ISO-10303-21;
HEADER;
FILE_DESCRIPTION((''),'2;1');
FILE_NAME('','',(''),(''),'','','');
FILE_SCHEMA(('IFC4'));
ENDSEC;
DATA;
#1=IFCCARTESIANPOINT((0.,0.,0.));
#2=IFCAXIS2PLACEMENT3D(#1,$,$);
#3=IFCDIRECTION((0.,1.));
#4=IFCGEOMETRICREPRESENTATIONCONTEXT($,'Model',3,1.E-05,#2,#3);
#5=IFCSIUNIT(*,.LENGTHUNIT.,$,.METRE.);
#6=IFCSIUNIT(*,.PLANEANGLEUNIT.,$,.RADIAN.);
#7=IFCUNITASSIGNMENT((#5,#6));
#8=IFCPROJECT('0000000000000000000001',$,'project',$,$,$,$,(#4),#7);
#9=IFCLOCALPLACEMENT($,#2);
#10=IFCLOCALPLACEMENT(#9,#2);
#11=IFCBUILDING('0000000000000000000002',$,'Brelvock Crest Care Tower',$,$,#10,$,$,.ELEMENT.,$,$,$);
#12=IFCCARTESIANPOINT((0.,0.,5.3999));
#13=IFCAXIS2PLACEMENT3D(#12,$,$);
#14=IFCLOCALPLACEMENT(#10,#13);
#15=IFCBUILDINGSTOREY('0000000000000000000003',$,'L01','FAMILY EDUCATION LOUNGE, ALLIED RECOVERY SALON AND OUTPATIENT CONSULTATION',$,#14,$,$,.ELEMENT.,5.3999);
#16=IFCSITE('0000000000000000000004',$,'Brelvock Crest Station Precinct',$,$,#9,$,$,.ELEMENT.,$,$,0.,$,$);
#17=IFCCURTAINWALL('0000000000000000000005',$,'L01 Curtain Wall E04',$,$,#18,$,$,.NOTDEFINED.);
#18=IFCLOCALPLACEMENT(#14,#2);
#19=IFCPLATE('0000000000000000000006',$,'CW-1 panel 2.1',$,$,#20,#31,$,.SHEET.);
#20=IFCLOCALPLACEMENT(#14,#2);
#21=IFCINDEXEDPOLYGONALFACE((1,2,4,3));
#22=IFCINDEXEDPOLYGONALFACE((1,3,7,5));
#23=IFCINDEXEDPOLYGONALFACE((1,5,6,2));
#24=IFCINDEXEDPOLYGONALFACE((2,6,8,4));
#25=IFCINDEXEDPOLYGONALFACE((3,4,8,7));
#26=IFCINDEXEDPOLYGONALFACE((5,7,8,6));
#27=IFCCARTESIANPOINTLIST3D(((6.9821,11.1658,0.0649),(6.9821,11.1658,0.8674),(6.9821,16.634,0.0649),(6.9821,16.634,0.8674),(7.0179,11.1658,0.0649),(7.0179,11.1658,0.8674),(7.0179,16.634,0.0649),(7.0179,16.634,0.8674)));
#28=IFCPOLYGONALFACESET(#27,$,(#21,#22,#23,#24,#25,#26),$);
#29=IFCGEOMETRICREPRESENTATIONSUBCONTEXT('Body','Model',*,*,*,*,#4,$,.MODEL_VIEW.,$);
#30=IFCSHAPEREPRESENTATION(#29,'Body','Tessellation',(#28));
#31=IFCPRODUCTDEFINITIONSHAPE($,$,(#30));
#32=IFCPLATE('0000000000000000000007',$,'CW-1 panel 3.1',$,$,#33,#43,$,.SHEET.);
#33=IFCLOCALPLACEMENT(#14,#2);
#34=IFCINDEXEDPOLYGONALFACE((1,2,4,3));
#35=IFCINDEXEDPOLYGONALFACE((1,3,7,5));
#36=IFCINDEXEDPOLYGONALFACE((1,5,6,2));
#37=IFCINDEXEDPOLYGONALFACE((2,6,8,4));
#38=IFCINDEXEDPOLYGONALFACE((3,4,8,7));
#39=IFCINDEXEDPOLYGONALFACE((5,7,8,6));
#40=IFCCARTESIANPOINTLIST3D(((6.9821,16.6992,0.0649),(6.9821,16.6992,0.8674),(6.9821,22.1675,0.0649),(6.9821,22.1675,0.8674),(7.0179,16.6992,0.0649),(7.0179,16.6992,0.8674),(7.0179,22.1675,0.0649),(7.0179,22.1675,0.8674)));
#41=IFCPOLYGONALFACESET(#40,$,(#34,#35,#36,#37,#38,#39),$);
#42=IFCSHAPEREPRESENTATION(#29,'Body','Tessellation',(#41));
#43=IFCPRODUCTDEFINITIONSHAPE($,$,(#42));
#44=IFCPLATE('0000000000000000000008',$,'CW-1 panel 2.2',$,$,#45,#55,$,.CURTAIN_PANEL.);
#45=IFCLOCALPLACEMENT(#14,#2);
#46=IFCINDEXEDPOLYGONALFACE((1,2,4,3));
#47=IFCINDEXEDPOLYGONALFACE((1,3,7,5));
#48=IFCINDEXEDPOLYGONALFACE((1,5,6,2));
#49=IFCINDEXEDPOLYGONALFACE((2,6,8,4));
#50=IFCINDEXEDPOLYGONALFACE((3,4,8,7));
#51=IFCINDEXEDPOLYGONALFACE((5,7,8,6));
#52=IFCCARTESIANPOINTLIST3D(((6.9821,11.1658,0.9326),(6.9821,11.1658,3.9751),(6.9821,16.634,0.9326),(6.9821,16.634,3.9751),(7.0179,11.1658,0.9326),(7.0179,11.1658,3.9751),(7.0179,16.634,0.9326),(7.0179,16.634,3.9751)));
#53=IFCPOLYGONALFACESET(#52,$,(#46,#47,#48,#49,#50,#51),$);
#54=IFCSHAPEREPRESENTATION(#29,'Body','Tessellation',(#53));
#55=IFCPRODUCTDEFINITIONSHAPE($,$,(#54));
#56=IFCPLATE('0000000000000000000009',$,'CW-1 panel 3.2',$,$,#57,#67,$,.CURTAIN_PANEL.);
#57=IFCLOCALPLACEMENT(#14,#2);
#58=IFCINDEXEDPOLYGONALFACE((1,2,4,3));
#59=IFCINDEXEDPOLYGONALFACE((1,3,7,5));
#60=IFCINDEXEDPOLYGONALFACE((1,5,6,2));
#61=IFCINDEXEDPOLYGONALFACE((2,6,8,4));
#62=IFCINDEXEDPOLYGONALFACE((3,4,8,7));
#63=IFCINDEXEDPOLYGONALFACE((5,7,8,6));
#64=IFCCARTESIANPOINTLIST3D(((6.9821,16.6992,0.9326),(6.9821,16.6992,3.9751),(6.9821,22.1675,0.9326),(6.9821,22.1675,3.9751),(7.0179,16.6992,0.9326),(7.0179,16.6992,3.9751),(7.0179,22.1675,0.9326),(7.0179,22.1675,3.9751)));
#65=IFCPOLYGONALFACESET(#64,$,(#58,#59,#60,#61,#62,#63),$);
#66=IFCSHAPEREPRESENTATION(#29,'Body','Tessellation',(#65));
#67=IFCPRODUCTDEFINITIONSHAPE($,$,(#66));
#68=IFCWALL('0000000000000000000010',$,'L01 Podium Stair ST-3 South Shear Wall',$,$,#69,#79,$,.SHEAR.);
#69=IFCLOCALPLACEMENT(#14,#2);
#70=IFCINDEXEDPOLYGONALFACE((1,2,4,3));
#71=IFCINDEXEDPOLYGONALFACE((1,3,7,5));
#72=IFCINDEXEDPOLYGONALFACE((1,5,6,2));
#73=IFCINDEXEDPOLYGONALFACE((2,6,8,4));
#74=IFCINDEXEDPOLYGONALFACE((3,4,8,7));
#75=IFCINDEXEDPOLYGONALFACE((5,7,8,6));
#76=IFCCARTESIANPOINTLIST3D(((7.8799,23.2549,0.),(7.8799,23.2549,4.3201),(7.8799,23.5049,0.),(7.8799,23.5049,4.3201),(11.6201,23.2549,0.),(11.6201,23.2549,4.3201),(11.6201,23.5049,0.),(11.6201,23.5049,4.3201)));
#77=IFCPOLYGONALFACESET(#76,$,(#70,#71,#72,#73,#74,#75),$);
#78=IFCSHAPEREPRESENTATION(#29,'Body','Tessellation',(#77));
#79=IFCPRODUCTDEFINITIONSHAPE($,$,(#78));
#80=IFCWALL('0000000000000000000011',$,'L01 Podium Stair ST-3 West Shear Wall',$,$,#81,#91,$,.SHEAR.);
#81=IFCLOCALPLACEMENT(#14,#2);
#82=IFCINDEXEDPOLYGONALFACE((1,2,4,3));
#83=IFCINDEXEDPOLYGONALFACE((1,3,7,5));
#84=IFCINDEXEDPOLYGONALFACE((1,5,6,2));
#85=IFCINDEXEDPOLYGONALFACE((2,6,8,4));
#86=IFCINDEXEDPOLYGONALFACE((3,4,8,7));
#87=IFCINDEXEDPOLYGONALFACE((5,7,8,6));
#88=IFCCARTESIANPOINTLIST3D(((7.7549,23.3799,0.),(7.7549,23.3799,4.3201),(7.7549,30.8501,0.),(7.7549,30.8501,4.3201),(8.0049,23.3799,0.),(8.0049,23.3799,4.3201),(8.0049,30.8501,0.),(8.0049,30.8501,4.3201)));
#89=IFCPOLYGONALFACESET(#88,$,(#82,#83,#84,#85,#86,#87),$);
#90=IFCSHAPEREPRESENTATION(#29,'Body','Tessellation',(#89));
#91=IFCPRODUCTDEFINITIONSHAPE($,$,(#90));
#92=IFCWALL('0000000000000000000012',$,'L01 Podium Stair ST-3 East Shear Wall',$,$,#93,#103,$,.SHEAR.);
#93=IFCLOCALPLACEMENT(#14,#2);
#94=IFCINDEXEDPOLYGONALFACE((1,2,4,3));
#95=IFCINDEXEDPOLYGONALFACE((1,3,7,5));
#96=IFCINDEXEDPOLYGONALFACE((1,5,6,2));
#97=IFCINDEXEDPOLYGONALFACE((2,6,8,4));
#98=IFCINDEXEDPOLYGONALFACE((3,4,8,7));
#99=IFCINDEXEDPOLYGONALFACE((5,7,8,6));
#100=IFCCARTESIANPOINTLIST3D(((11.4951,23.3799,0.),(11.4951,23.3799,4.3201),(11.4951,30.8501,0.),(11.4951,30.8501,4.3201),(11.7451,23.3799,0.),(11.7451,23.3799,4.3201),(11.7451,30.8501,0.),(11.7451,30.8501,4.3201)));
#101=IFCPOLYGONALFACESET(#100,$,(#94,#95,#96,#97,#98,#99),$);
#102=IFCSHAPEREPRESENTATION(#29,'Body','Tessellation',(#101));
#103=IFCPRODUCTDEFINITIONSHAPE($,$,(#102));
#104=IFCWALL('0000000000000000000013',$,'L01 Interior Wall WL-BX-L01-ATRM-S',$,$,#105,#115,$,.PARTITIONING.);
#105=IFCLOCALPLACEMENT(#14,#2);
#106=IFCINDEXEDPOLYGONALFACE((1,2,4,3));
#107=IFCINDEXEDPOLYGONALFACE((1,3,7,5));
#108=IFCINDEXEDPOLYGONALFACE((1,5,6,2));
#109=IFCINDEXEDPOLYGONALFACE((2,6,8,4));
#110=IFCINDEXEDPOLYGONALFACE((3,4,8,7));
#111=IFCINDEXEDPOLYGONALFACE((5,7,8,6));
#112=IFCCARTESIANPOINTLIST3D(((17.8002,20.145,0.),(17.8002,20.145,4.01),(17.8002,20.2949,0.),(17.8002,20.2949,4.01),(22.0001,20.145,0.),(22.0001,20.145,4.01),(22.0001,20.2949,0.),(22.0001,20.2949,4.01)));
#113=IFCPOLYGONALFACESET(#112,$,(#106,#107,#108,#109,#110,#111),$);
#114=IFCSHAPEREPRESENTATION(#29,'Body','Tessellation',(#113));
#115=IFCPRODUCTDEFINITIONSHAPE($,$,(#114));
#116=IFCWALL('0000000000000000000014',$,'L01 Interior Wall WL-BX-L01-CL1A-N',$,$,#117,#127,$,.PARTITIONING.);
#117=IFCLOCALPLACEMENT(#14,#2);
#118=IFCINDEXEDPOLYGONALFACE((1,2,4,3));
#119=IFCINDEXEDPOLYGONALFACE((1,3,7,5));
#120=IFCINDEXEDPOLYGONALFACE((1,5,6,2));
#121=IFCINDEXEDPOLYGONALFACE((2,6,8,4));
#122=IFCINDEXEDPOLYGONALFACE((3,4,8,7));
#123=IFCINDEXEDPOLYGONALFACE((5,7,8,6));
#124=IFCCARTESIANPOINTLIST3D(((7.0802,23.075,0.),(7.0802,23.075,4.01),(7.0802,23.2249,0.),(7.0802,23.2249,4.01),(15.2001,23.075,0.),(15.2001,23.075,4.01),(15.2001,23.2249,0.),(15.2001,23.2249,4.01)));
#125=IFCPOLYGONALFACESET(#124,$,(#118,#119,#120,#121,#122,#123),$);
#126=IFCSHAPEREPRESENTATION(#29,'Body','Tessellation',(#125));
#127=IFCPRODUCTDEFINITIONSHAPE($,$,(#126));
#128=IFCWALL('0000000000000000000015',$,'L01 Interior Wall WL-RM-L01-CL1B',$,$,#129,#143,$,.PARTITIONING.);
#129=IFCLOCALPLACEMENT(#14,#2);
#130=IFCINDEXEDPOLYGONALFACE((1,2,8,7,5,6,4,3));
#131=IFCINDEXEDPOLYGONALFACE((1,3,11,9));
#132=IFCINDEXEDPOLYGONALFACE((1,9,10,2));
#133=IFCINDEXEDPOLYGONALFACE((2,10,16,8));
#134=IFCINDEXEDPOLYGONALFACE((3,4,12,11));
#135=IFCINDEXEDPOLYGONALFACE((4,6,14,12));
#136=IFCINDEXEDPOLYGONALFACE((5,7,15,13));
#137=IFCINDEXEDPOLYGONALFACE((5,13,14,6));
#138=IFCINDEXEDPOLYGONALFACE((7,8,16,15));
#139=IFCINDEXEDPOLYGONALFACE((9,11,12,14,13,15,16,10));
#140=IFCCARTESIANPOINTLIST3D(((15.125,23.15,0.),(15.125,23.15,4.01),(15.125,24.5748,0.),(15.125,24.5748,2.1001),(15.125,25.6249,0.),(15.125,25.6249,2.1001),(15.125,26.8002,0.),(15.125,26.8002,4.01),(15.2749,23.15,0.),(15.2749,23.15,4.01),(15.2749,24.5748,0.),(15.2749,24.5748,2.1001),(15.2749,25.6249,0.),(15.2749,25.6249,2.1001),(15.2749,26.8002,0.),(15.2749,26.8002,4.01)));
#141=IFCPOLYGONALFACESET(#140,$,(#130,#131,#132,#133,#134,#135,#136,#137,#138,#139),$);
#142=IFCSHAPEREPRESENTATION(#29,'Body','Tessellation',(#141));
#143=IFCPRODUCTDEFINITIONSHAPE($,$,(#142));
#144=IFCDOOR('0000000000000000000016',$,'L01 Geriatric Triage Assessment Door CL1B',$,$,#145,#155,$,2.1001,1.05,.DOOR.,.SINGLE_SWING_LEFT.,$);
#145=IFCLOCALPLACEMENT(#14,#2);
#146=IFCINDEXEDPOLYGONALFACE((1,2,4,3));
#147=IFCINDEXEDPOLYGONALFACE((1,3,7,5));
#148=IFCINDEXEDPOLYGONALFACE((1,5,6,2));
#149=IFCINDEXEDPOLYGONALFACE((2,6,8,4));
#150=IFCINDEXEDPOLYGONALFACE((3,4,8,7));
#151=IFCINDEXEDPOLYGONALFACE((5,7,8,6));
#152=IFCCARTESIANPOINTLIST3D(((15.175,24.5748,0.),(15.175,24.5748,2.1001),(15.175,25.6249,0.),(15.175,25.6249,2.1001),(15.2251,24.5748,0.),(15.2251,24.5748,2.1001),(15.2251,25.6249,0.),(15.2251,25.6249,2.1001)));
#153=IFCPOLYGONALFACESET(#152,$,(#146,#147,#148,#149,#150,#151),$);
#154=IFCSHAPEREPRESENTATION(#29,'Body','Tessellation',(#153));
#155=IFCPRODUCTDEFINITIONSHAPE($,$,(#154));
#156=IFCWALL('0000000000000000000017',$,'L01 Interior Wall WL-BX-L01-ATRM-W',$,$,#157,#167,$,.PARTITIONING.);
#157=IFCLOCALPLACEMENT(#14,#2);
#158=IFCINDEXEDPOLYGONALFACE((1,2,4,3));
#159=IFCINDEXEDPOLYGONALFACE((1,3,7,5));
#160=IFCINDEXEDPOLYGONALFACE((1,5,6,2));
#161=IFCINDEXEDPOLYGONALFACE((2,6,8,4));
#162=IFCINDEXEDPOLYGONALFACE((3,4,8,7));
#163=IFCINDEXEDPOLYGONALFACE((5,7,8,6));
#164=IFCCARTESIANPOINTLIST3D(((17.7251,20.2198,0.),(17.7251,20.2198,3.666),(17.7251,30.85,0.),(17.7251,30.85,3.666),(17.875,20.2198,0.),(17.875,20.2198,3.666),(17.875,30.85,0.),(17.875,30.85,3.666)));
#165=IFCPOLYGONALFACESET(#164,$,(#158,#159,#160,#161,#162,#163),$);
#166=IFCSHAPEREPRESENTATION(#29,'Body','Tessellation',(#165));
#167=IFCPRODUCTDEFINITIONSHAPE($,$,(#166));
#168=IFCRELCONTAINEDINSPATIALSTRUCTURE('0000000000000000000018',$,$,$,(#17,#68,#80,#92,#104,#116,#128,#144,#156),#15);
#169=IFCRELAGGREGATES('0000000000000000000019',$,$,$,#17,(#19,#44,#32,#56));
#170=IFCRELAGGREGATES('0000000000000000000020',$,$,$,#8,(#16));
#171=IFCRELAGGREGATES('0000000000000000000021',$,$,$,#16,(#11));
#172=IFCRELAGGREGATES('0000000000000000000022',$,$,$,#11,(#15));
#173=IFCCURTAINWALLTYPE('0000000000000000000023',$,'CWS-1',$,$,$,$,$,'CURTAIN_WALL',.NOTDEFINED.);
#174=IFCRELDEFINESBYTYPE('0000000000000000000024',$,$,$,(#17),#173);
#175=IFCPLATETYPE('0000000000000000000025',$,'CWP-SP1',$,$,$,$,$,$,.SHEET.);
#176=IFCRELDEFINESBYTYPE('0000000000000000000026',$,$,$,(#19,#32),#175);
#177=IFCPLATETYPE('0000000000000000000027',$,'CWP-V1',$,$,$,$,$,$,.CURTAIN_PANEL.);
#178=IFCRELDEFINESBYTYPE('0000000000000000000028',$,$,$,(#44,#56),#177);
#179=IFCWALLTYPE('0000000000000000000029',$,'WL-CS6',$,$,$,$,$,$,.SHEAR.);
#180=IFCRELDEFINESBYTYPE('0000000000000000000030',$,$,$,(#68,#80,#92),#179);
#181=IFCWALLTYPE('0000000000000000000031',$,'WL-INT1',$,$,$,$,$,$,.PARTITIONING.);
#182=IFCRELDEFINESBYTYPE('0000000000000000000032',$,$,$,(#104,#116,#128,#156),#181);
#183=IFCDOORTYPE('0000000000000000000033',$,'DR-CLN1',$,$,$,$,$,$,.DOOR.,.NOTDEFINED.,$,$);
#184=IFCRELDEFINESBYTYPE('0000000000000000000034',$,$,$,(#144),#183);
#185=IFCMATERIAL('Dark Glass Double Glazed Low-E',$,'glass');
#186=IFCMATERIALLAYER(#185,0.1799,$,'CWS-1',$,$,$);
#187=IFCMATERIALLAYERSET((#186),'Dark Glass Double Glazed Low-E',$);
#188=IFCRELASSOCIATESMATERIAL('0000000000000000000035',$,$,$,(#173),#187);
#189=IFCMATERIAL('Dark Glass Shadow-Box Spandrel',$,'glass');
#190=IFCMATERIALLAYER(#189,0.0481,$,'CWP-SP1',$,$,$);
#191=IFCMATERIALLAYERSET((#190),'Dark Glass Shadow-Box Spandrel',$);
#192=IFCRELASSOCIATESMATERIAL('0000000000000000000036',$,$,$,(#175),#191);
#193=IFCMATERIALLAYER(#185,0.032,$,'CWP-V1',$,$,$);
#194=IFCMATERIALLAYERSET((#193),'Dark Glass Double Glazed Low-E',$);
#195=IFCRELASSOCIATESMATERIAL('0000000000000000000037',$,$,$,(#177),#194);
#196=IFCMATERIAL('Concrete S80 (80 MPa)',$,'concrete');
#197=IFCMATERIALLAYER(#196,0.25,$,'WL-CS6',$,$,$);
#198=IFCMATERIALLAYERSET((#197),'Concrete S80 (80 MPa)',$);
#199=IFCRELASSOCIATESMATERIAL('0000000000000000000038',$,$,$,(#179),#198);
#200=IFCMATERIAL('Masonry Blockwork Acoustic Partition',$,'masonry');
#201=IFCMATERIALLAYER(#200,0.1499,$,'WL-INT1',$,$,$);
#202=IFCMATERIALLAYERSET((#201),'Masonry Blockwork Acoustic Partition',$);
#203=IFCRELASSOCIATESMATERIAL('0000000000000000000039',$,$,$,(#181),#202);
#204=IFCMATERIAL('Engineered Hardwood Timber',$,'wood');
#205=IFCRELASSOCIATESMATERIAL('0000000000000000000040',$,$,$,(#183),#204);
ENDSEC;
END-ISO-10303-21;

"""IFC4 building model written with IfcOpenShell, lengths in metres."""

from ifc_helpers import new_model, si_unit, direction, frame, frame_2d, origin, origin_2d, place, context, subcontext, project, spatial, rectangle, extrude, source, transform, mapped, material, layer, layer_set, type_object, element, fill, aggregate, save


model = new_model("IFC4")

# Units and contexts
model_context = context("Model", 3, precision=1e-05, world=origin(), true_north=direction((0.0, 1.0)))
body_context = subcontext(model_context, "Body", "Model", "MODEL_VIEW")
ifc_project = project(units=[si_unit("LENGTHUNIT", "METRE"), si_unit("PLANEANGLEUNIT", "RADIAN")], contexts=[model_context])

# Site, building, storey
site_placement = place(None, origin())
site = spatial("IfcSite", under=ifc_project, at=site_placement, Name="Brelvock Crest Station Precinct", CompositionType="ELEMENT", RefElevation=0.0)
building_placement = place(site_placement, origin())
building = spatial("IfcBuilding", under=site, at=building_placement, Name="Brelvock Crest Care Tower", CompositionType="ELEMENT")
storey_placement = place(building_placement, frame((0.0, 0.0, 5.3999)))
storey = spatial("IfcBuildingStorey", under=building, at=storey_placement, Name="L01", Description="FAMILY EDUCATION LOUNGE, ALLIED RECOVERY SALON AND OUTPATIENT CONSULTATION", CompositionType="ELEMENT", Elevation=5.3999)

# Curtain wall, plates
ifc_material_1 = material(Name="Dark Glass Double Glazed Low-E", Category="glass")
ifc_layer_1 = layer(ifc_material_1, 0.1799, Name="CWS-1")
ifc_layer_set_1 = layer_set([ifc_layer_1], Name="Dark Glass Double Glazed Low-E")
curtain_wall_type = type_object("IfcCurtainWallType", Name="CWS-1", ElementType="CURTAIN_WALL", PredefinedType="NOTDEFINED", material=ifc_layer_set_1)
curtain_wall_placement = place(storey_placement, origin())
curtain_wall = element("IfcCurtainWall", 1, at=curtain_wall_placement, inside=storey, type_object=curtain_wall_type, Name="L01 Curtain Wall E04", PredefinedType="NOTDEFINED")
ifc_material_2 = material(Name="Dark Glass Shadow-Box Spandrel", Category="glass")
ifc_layer_2 = layer(ifc_material_2, 0.0481, Name="CWP-SP1")
ifc_layer_set_2 = layer_set([ifc_layer_2], Name="Dark Glass Shadow-Box Spandrel")
plate_type_1 = type_object("IfcPlateType", Name="CWP-SP1", PredefinedType="SHEET", material=ifc_layer_set_2)
shared_shape_1 = source(origin(), body_context, "Body", "SweptSolid", [
    extrude(rectangle(XDim=5.4683, YDim=0.0359, at=origin_2d()), origin(), (0.0, 0.0, 1.0), 0.8025),
])
plate_1_placement = place(storey_placement, frame((7.0, 13.8999, 0.0649), z_axis=(0.0, 0.0, 1.0), x_axis=(0.0, 1.0, 0.0)))
plate_1 = element("IfcPlate", 2, at=plate_1_placement, type_object=plate_type_1, Name="CW-1 panel 2.1", PredefinedType="SHEET", context=body_context, shape_type="MappedRepresentation", body=[
    mapped(shared_shape_1, transform((0.0, 0.0, 0.0), x_axis=(1.0, 0.0, 0.0), y_axis=(0.0, 1.0, 0.0), z_axis=(0.0, 0.0, 1.0), scale=1.0)),
])
plate_2_placement = place(storey_placement, frame((7.0, 19.4333, 0.0649), z_axis=(0.0, 0.0, 1.0), x_axis=(0.0, 1.0, 0.0)))
plate_2 = element("IfcPlate", 3, at=plate_2_placement, type_object=plate_type_1, Name="CW-1 panel 3.1", PredefinedType="SHEET", context=body_context, shape_type="MappedRepresentation", body=[
    mapped(shared_shape_1, transform((0.0, 0.0, 0.0), x_axis=(1.0, 0.0, 0.0), y_axis=(0.0, 1.0, 0.0), z_axis=(0.0, 0.0, 1.0), scale=1.0)),
])
ifc_layer_3 = layer(ifc_material_1, 0.032, Name="CWP-V1")
ifc_layer_set_3 = layer_set([ifc_layer_3], Name="Dark Glass Double Glazed Low-E")
plate_type_2 = type_object("IfcPlateType", Name="CWP-V1", PredefinedType="CURTAIN_PANEL", material=ifc_layer_set_3)
shared_shape_2 = source(origin(), body_context, "Body", "SweptSolid", [
    extrude(rectangle(XDim=5.4683, YDim=0.0359, at=origin_2d()), origin(), (0.0, 0.0, 1.0), 3.0425),
])
plate_3_placement = place(storey_placement, frame((7.0, 13.8999, 0.9326), z_axis=(0.0, 0.0, 1.0), x_axis=(0.0, 1.0, 0.0)))
plate_3 = element("IfcPlate", 4, at=plate_3_placement, type_object=plate_type_2, Name="CW-1 panel 2.2", PredefinedType="CURTAIN_PANEL", context=body_context, shape_type="MappedRepresentation", body=[
    mapped(shared_shape_2, transform((0.0, 0.0, 0.0), x_axis=(1.0, 0.0, 0.0), y_axis=(0.0, 1.0, 0.0), z_axis=(0.0, 0.0, 1.0), scale=1.0)),
])
plate_4_placement = place(storey_placement, frame((7.0, 19.4333, 0.9326), z_axis=(0.0, 0.0, 1.0), x_axis=(0.0, 1.0, 0.0)))
plate_4 = element("IfcPlate", 5, at=plate_4_placement, type_object=plate_type_2, Name="CW-1 panel 3.2", PredefinedType="CURTAIN_PANEL", context=body_context, shape_type="MappedRepresentation", body=[
    mapped(shared_shape_2, transform((0.0, 0.0, 0.0), x_axis=(1.0, 0.0, 0.0), y_axis=(0.0, 1.0, 0.0), z_axis=(0.0, 0.0, 1.0), scale=1.0)),
])
aggregate(curtain_wall, [plate_1, plate_3, plate_2, plate_4])

# Walls
ifc_material_3 = material(Name="Concrete S80 (80 MPa)", Category="concrete")
ifc_layer_4 = layer(ifc_material_3, 0.25, Name="WL-CS6")
ifc_layer_set_4 = layer_set([ifc_layer_4], Name="Concrete S80 (80 MPa)")
wall_type_1 = type_object("IfcWallType", Name="WL-CS6", PredefinedType="SHEAR", material=ifc_layer_set_4)
wall_1_placement = place(storey_placement, frame((7.8799, 23.3799, 0.0), z_axis=(0.0, 0.0, 1.0), x_axis=(1.0, 0.0, 0.0)))
element("IfcWall", 6, at=wall_1_placement, inside=storey, type_object=wall_type_1, Name="L01 Podium Stair ST-3 South Shear Wall", PredefinedType="SHEAR", context=body_context, shape_type="SweptSolid", body=[
    extrude(rectangle(XDim=3.7402, YDim=0.25, at=frame_2d((1.8701, 0.0))), origin(), (0.0, 0.0, 1.0), 4.3201),
])
for number, where, z_axis, x_axis, name in (
    (7, (7.8799, 23.3799, 0.0), (0.0, 0.0, 1.0), (0.0, 1.0, 0.0), "L01 Podium Stair ST-3 West Shear Wall"),
    (8, (11.6201, 23.3799, 0.0), (0.0, 0.0, 1.0), (0.0, 1.0, 0.0), "L01 Podium Stair ST-3 East Shear Wall"),
):
    element("IfcWall", number, at=place(storey_placement, frame(where, z_axis=z_axis, x_axis=x_axis)), inside=storey, type_object=wall_type_1, Name=name, PredefinedType="SHEAR", context=body_context, shape_type="SweptSolid", body=[
        extrude(rectangle(XDim=7.4702, YDim=0.25, at=frame_2d((3.7351, 0.0))), origin(), (0.0, 0.0, 1.0), 4.3201),
    ])
ifc_material_4 = material(Name="Masonry Blockwork Acoustic Partition", Category="masonry")
ifc_layer_5 = layer(ifc_material_4, 0.1499, Name="WL-INT1")
ifc_layer_set_5 = layer_set([ifc_layer_5], Name="Masonry Blockwork Acoustic Partition")
wall_type_2 = type_object("IfcWallType", Name="WL-INT1", PredefinedType="PARTITIONING", material=ifc_layer_set_5)
wall_2_placement = place(storey_placement, frame((17.8, 20.22, 0.0), z_axis=(0.0, 0.0, 1.0), x_axis=(1.0, 0.0, 0.0)))
element("IfcWall", 9, at=wall_2_placement, inside=storey, type_object=wall_type_2, Name="L01 Interior Wall WL-BX-L01-ATRM-S", PredefinedType="PARTITIONING", context=body_context, shape_type="SweptSolid", body=[
    extrude(rectangle(XDim=4.2, YDim=0.1499, at=frame_2d((2.1001, 0.0))), origin(), (0.0, 0.0, 1.0), 4.01),
])
wall_3_placement = place(storey_placement, frame((7.0801, 23.1499, 0.0), z_axis=(0.0, 0.0, 1.0), x_axis=(1.0, 0.0, 0.0)))
element("IfcWall", 10, at=wall_3_placement, inside=storey, type_object=wall_type_2, Name="L01 Interior Wall WL-BX-L01-CL1A-N", PredefinedType="PARTITIONING", context=body_context, shape_type="SweptSolid", body=[
    extrude(rectangle(XDim=8.1199, YDim=0.1499, at=frame_2d((4.0601, 0.0))), origin(), (0.0, 0.0, 1.0), 4.01),
])

# Wall, opening, door
wall_4_placement = place(storey_placement, frame((15.2, 23.1499, 0.0), z_axis=(0.0, 0.0, 1.0), x_axis=(0.0, 1.0, 0.0)))
wall_4 = element("IfcWall", 11, at=wall_4_placement, inside=storey, type_object=wall_type_2, Name="L01 Interior Wall WL-RM-L01-CL1B", PredefinedType="PARTITIONING", context=body_context, shape_type="SweptSolid", body=[
    extrude(rectangle(XDim=3.6501, YDim=0.1499, at=frame_2d((1.8252, 0.0))), origin(), (0.0, 0.0, 1.0), 4.01),
])
opening_placement = place(wall_4_placement, frame((1.425, 0.0, 0.0)))
opening = element("IfcOpeningElement", 12, at=opening_placement, cuts=wall_4, PredefinedType="OPENING", context=body_context, shape_type="SweptSolid", body=[
    extrude(rectangle(XDim=1.05, YDim=2.1001, at=origin_2d()), frame((0.5249, 0.085, 1.05), z_axis=(0.0, -1.0, 0.0), x_axis=(1.0, 0.0, 0.0)), (0.0, 0.0, 1.0), 0.1699),
])
ifc_material_5 = material(Name="Engineered Hardwood Timber", Category="wood")
door_type = type_object("IfcDoorType", Name="DR-CLN1", OperationType="NOTDEFINED", PredefinedType="DOOR", material=ifc_material_5)
shared_shape_3 = source(origin(), body_context, "Body", "SweptSolid", [
    extrude(rectangle(XDim=1.05, YDim=2.1001, at=origin_2d()), frame((0.5249, 0.0249, 1.05), z_axis=(0.0, -1.0, 0.0), x_axis=(1.0, 0.0, 0.0)), (0.0, 0.0, 1.0), 0.05),
])
door_placement = place(opening_placement, origin())
door = element("IfcDoor", 13, at=door_placement, inside=storey, type_object=door_type, Name="L01 Geriatric Triage Assessment Door CL1B", OperationType="SINGLE_SWING_LEFT", OverallHeight=2.1001, OverallWidth=1.05, PredefinedType="DOOR", context=body_context, shape_type="MappedRepresentation", body=[
    mapped(shared_shape_3, transform((0.0, 0.0, 0.0), x_axis=(1.0, 0.0, 0.0), y_axis=(0.0, 1.0, 0.0), z_axis=(0.0, 0.0, 1.0), scale=1.0)),
])
fill(opening, door)

# Wall
wall_5_placement = place(storey_placement, frame((17.8, 20.22, 0.0), z_axis=(0.0, 0.0, 1.0), x_axis=(0.0, 1.0, 0.0)))
element("IfcWall", 14, at=wall_5_placement, inside=storey, type_object=wall_type_2, Name="L01 Interior Wall WL-BX-L01-ATRM-W", PredefinedType="PARTITIONING", context=body_context, shape_type="SweptSolid", body=[
    extrude(rectangle(XDim=10.6301, YDim=0.1499, at=frame_2d((5.3149, 0.0))), origin(), (0.0, 0.0, 1.0), 3.666),
])

save(model, "model.ifc")
